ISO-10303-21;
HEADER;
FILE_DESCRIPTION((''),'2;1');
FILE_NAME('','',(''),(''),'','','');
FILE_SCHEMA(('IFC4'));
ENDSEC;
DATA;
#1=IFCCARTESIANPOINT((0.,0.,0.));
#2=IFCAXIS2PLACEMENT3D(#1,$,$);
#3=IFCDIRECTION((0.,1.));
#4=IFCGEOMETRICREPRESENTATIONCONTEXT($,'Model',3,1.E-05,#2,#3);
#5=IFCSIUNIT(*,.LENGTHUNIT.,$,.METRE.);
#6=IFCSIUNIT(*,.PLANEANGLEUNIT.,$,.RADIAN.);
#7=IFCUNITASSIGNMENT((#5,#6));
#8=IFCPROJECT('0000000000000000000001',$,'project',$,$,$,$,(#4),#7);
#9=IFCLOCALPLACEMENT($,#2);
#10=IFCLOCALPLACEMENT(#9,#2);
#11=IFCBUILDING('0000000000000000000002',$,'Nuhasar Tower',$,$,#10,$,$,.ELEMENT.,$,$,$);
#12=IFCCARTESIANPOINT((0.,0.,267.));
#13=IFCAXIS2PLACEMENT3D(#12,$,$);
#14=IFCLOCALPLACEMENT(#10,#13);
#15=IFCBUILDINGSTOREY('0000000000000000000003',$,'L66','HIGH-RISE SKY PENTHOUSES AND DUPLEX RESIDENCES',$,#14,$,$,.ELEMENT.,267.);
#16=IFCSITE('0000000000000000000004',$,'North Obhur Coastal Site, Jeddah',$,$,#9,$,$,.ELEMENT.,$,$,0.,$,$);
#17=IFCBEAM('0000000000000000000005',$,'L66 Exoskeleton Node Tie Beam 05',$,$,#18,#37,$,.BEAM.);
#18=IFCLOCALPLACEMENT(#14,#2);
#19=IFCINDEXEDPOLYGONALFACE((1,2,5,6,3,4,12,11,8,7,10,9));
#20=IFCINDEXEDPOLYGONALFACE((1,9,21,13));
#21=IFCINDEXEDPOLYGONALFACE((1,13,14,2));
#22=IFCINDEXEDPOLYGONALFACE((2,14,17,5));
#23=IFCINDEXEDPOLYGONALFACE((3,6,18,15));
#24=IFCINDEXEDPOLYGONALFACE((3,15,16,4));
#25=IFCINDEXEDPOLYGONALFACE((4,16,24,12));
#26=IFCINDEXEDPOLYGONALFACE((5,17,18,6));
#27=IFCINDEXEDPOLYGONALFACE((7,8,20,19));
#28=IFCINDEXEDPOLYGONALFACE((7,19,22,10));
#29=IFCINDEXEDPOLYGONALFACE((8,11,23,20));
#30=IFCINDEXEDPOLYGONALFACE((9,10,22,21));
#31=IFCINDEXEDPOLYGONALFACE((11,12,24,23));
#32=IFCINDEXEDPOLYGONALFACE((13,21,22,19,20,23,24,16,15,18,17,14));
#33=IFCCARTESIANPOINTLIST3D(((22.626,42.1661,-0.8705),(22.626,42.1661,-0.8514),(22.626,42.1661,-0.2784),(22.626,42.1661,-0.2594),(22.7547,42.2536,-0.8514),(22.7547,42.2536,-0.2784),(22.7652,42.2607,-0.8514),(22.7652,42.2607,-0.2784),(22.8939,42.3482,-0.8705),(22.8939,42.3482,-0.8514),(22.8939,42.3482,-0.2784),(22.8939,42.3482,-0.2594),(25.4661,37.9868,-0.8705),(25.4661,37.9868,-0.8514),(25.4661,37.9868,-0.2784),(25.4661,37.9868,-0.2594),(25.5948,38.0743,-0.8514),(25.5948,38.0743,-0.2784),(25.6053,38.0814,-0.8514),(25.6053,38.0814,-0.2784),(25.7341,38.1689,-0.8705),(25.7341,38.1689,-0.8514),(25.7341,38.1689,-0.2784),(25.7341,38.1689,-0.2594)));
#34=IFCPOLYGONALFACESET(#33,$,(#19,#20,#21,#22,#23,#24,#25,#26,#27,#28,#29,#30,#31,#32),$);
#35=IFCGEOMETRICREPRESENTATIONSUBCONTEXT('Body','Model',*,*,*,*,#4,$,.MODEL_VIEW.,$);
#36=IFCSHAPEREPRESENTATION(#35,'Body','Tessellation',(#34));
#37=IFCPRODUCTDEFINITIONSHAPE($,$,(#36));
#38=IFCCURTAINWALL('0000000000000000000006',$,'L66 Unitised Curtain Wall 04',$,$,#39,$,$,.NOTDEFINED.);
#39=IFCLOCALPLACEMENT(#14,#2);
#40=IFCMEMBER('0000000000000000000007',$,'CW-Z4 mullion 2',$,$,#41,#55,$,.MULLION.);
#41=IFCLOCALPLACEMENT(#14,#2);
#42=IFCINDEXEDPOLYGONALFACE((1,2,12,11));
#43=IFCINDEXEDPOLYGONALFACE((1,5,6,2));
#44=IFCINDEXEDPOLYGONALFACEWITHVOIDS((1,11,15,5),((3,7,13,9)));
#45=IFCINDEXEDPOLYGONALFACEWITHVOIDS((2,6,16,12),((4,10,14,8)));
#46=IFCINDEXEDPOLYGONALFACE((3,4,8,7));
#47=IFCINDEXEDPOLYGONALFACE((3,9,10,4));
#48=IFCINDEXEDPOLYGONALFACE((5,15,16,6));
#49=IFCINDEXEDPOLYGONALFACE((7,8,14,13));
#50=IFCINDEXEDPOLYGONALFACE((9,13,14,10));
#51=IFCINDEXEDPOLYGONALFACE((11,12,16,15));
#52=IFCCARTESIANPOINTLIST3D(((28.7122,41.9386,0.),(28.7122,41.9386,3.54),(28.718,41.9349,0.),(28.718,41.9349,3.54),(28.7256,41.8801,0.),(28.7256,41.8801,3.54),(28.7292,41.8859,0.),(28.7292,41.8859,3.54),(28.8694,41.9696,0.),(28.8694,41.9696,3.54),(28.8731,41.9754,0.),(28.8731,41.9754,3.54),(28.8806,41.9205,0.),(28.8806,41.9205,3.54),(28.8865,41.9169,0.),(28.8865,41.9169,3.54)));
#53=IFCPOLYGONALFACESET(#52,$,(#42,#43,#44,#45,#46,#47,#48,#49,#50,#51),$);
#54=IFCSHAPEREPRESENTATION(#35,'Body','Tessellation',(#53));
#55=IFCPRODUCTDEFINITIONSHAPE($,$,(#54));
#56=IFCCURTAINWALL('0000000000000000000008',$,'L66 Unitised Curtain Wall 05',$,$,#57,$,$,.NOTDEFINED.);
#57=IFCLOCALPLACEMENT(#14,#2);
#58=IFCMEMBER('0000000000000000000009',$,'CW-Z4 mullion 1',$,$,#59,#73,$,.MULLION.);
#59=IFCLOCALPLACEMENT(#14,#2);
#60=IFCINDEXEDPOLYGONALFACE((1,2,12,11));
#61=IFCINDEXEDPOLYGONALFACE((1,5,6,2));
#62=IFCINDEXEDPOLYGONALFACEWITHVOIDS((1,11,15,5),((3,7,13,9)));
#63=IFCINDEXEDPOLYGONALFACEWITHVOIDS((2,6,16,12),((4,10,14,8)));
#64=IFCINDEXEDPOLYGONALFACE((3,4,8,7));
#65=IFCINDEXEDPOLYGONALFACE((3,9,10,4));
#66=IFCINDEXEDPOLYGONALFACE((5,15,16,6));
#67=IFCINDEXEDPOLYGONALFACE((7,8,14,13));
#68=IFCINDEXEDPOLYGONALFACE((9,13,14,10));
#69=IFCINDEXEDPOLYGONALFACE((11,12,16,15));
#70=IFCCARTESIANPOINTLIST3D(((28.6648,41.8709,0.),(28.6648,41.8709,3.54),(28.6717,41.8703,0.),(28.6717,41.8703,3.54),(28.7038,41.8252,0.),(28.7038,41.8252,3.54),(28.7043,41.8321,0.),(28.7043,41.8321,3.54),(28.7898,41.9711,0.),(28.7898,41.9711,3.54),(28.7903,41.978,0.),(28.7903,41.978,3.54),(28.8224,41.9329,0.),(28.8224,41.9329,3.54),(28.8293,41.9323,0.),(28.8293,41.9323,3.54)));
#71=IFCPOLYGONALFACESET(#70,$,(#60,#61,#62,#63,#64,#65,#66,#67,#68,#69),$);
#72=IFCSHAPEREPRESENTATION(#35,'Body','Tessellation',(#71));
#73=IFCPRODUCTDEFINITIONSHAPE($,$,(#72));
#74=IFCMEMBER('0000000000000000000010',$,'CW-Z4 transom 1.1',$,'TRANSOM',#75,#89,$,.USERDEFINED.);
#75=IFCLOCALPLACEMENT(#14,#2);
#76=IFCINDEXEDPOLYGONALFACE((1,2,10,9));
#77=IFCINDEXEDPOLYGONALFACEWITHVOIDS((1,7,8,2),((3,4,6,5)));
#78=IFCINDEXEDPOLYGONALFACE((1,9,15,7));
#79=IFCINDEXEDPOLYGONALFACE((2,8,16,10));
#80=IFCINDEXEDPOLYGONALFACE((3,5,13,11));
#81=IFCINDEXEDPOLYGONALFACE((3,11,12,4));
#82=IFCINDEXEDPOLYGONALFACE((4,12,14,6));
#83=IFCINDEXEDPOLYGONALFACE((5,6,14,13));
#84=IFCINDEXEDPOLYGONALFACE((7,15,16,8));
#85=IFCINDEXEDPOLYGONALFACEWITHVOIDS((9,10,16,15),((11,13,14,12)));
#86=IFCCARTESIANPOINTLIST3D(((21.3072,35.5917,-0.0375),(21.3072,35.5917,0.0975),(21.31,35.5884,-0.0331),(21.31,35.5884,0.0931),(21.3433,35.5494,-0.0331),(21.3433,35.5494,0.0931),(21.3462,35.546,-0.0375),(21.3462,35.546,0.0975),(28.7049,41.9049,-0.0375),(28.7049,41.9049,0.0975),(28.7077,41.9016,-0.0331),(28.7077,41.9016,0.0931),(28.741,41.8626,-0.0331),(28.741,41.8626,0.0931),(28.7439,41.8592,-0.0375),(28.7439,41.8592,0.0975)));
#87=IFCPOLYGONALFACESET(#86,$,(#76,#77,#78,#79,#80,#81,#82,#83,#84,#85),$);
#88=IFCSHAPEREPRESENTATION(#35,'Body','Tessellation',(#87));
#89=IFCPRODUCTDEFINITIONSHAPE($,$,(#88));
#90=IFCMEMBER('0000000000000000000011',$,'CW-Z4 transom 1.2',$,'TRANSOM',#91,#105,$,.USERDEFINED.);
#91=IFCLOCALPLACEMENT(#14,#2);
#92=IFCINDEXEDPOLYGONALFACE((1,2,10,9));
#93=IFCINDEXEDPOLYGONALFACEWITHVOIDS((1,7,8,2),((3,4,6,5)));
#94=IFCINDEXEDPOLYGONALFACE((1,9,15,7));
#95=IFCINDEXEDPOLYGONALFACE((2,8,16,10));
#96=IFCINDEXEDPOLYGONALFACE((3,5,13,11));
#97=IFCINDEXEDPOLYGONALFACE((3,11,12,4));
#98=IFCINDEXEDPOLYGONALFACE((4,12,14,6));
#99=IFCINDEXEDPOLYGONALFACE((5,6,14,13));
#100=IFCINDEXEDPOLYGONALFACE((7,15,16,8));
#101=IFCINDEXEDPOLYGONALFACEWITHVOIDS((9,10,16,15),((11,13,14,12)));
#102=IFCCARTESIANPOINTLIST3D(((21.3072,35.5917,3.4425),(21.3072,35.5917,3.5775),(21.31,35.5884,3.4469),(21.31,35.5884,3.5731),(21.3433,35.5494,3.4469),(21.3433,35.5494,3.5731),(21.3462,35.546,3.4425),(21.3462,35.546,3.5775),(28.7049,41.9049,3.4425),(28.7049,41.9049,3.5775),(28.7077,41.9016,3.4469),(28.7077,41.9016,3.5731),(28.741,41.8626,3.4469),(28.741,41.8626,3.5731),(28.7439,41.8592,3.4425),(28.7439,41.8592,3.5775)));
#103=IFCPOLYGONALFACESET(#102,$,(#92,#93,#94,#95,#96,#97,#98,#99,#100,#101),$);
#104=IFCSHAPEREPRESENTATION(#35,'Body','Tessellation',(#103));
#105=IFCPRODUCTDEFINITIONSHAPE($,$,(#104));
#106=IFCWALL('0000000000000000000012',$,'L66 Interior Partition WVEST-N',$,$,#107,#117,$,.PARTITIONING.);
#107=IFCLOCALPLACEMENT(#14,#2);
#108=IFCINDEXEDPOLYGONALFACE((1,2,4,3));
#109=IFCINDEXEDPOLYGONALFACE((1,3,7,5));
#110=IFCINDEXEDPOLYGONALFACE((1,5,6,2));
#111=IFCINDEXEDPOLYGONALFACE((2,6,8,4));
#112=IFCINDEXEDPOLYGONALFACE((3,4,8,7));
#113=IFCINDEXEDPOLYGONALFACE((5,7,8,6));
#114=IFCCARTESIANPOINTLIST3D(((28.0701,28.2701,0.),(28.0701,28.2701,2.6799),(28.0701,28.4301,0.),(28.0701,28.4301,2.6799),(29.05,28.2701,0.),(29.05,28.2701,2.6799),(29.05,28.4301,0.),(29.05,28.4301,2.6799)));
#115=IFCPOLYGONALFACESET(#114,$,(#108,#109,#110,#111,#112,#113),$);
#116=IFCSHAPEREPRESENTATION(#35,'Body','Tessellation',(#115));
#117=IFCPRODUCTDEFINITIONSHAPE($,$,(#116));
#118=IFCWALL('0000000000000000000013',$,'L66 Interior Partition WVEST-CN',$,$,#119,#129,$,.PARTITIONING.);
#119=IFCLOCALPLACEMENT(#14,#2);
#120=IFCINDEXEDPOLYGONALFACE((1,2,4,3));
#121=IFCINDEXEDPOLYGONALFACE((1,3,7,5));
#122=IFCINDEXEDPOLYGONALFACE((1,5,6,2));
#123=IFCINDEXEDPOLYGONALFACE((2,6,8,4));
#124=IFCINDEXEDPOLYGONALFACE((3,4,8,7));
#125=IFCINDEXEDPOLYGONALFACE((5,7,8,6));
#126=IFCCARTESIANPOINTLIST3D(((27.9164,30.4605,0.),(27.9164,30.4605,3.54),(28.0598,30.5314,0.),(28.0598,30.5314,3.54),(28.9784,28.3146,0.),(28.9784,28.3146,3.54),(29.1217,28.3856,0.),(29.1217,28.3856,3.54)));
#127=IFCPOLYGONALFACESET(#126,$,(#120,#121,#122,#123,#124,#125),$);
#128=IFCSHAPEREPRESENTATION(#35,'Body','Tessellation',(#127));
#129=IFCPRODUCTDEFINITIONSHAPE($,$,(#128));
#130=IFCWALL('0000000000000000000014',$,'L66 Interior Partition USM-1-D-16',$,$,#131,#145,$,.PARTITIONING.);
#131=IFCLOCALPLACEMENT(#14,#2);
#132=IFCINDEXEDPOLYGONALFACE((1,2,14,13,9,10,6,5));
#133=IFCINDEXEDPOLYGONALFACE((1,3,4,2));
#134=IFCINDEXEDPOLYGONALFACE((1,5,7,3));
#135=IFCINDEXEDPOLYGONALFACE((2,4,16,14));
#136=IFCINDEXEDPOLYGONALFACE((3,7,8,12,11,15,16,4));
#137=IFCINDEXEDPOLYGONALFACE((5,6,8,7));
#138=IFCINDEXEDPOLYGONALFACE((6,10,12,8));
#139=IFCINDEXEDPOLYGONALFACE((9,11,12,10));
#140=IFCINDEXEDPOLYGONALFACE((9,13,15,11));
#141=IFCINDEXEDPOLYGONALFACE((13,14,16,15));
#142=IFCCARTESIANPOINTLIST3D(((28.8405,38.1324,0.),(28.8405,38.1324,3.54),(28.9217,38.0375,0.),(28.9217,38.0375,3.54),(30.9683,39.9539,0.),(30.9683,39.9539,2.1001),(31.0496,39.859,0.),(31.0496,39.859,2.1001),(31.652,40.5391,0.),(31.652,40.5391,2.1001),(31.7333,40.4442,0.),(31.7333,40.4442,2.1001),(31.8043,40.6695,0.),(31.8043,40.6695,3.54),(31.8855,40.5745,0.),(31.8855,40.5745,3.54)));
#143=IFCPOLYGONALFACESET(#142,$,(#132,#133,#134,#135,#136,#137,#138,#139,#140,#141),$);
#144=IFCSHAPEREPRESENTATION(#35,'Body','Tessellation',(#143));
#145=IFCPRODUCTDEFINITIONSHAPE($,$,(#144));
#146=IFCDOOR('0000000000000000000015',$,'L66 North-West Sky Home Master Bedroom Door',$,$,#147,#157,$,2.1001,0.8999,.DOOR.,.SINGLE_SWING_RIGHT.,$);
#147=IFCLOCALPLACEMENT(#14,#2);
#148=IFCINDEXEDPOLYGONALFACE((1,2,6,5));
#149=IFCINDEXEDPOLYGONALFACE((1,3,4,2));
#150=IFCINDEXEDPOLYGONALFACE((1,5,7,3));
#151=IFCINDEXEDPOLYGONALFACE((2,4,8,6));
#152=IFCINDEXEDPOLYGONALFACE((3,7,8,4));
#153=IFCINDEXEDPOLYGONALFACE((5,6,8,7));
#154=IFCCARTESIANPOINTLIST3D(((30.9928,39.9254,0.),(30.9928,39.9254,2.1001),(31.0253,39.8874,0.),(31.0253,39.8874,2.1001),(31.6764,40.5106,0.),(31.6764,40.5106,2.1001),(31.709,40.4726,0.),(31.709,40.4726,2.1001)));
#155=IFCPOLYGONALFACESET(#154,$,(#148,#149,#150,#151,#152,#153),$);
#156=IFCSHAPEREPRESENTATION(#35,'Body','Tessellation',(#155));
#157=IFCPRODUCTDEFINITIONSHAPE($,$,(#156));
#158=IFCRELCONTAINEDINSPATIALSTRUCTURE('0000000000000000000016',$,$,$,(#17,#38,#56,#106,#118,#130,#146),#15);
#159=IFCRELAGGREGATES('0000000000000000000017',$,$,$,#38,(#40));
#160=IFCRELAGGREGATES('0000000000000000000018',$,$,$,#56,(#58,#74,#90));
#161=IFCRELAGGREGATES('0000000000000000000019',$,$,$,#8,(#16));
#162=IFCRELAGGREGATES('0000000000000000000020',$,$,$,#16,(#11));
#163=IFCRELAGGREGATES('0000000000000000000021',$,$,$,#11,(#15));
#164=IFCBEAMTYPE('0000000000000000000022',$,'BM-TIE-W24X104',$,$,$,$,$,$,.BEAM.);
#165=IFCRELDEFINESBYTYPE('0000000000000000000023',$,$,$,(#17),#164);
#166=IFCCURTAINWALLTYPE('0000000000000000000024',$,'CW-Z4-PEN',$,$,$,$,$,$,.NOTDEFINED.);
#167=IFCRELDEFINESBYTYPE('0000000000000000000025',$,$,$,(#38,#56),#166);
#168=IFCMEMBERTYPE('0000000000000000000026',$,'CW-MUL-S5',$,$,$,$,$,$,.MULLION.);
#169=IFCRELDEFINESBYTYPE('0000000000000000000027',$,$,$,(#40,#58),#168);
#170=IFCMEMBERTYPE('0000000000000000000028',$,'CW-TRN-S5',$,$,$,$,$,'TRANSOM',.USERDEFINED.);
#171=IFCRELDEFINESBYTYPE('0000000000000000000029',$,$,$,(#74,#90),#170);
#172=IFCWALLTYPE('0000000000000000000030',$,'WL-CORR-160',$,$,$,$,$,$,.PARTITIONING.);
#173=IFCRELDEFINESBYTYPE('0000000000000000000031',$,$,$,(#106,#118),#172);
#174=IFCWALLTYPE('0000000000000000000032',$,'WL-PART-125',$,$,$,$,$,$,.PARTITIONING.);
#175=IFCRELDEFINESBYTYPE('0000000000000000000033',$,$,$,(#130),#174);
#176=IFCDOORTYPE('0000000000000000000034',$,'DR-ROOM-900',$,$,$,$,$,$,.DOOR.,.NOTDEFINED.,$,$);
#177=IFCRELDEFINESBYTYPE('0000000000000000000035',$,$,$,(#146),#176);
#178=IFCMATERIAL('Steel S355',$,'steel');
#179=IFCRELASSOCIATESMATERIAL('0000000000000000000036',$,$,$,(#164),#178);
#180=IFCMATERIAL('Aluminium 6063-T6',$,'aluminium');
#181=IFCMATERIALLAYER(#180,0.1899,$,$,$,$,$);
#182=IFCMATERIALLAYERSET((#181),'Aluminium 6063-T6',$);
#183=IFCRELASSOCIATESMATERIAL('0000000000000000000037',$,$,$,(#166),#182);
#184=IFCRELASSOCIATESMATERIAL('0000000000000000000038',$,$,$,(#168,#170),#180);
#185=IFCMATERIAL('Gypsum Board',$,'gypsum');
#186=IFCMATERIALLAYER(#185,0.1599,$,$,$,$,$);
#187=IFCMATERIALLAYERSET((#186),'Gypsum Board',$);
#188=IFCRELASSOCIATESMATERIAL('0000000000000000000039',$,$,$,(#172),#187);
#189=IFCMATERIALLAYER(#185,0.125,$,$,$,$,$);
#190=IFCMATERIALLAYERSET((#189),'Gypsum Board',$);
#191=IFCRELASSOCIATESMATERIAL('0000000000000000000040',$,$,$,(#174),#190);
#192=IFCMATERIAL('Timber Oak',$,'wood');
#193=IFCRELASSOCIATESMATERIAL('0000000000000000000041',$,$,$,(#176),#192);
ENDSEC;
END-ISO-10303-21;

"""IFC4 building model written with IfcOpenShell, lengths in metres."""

from ifc_helpers import new_model, si_unit, direction, frame, frame_2d, origin, origin_2d, place, context, subcontext, project, spatial, rectangle, hollow_rectangle, i_section, extrude, material, layer, layer_set, material_profile, profile_set, type_object, element, fill, aggregate, save


model = new_model("IFC4")

# Units and contexts
model_context = context("Model", 3, precision=1e-05, world=origin(), true_north=direction((0.0, 1.0)))
body_context = subcontext(model_context, "Body", "Model", "MODEL_VIEW")
ifc_project = project(units=[si_unit("LENGTHUNIT", "METRE"), si_unit("PLANEANGLEUNIT", "RADIAN")], contexts=[model_context])

# Site, building, storey
site_placement = place(None, origin())
site = spatial("IfcSite", under=ifc_project, at=site_placement, Name="North Obhur Coastal Site, Jeddah", CompositionType="ELEMENT", RefElevation=0.0)
building_placement = place(site_placement, origin())
building = spatial("IfcBuilding", under=site, at=building_placement, Name="Nuhasar Tower", CompositionType="ELEMENT")
storey_placement = place(building_placement, frame((0.0, 0.0, 267.0)))
storey = spatial("IfcBuildingStorey", under=building, at=storey_placement, Name="L66", Description="HIGH-RISE SKY PENTHOUSES AND DUPLEX RESIDENCES", CompositionType="ELEMENT", Elevation=267.0)

# Beam
ifc_material_1 = material(Name="Steel S355", Category="steel")
ifc_material_profile_1 = material_profile(ifc_material_1, i_section(OverallWidth=0.324, OverallDepth=0.6111, WebThickness=0.0127, FlangeThickness=0.019, at=origin_2d()), Name="W24X104")
ifc_profile_set_1 = profile_set([ifc_material_profile_1], Name="Steel S355")
beam_type_1 = type_object("IfcBeamType", Name="BM-TIE-W24X104", PredefinedType="BEAM", material=ifc_profile_set_1)
beam_1_placement = place(storey_placement, frame((25.6001, 38.0779, -0.5649), z_axis=(-0.562071, 0.827089, 0.0), x_axis=(-0.827089, -0.562071, 0.0)))
element("IfcBeam", 1, at=beam_1_placement, inside=storey, type_object=beam_type_1, Name="L66 Exoskeleton Node Tie Beam 05", PredefinedType="BEAM", context=body_context, shape_type="SweptSolid", body=[
    extrude(i_section(OverallWidth=0.324, OverallDepth=0.6111, WebThickness=0.0127, FlangeThickness=0.019, at=origin_2d()), origin(), (0.0, 0.0, 1.0), 5.053),
])

# Curtain wall, member
ifc_material_2 = material(Name="Aluminium 6063-T6", Category="aluminium")
ifc_layer_1 = layer(ifc_material_2, 0.1899)
ifc_layer_set_1 = layer_set([ifc_layer_1], Name="Aluminium 6063-T6")
curtain_wall_type = type_object("IfcCurtainWallType", Name="CW-Z4-PEN", PredefinedType="NOTDEFINED", material=ifc_layer_set_1)
curtain_wall_1_placement = place(storey_placement, origin())
curtain_wall_1 = element("IfcCurtainWall", 2, at=curtain_wall_1_placement, inside=storey, type_object=curtain_wall_type, Name="L66 Unitised Curtain Wall 04", PredefinedType="NOTDEFINED")
ifc_material_profile_2 = material_profile(ifc_material_2, hollow_rectangle(XDim=0.0601, YDim=0.165, WallThickness=0.0049, at=origin_2d()), Name="CWM-5")
ifc_profile_set_2 = profile_set([ifc_material_profile_2], Name="Aluminium 6063-T6")
member_type_1 = type_object("IfcMemberType", Name="CW-MUL-S5", PredefinedType="MULLION", material=ifc_profile_set_2)
member_1_placement = place(storey_placement, frame((28.7993, 41.9277, 0.0), z_axis=(0.0, 0.0, 1.0), x_axis=(0.222889, -0.974844, 0.0)))
member_1 = element("IfcMember", 3, at=member_1_placement, type_object=member_type_1, Name="CW-Z4 mullion 2", PredefinedType="MULLION", context=body_context, shape_type="SweptSolid", body=[
    extrude(hollow_rectangle(XDim=0.0601, YDim=0.165, WallThickness=0.0049, at=origin_2d()), origin(), (0.0, 0.0, 1.0), 3.54),
])
aggregate(curtain_wall_1, [member_1])

# Curtain wall, members
curtain_wall_2_placement = place(storey_placement, origin())
curtain_wall_2 = element("IfcCurtainWall", 4, at=curtain_wall_2_placement, inside=storey, type_object=curtain_wall_type, Name="L66 Unitised Curtain Wall 05", PredefinedType="NOTDEFINED")
member_2_placement = place(storey_placement, frame((28.7471, 41.9016, 0.0), z_axis=(0.0, 0.0, 1.0), x_axis=(0.649142, -0.760667, 0.0)))
member_2 = element("IfcMember", 5, at=member_2_placement, type_object=member_type_1, Name="CW-Z4 mullion 1", PredefinedType="MULLION", context=body_context, shape_type="SweptSolid", body=[
    extrude(hollow_rectangle(XDim=0.0601, YDim=0.165, WallThickness=0.0049, at=origin_2d()), origin(), (0.0, 0.0, 1.0), 3.54),
])
ifc_material_profile_3 = material_profile(ifc_material_2, hollow_rectangle(XDim=0.0601, YDim=0.135, WallThickness=0.0044, at=origin_2d()), Name="CWT-5")
ifc_profile_set_3 = profile_set([ifc_material_profile_3], Name="Aluminium 6063-T6")
member_type_2 = type_object("IfcMemberType", Name="CW-TRN-S5", ElementType="TRANSOM", PredefinedType="USERDEFINED", material=ifc_profile_set_3)
member_3_placement = place(storey_placement, frame((28.7244, 41.8821, 0.03), z_axis=(-0.76066, -0.64915, 0.0), x_axis=(0.64915, -0.76066, 0.0)))
member_3 = element("IfcMember", 6, at=member_3_placement, type_object=member_type_2, Name="CW-Z4 transom 1.1", ObjectType="TRANSOM", PredefinedType="USERDEFINED", context=body_context, shape_type="SweptSolid", body=[
    extrude(hollow_rectangle(XDim=0.0601, YDim=0.135, WallThickness=0.0044, at=origin_2d()), origin(), (0.0, 0.0, 1.0), 9.7253),
])
member_4_placement = place(storey_placement, frame((28.7244, 41.8821, 3.51), z_axis=(-0.76066, -0.64915, 0.0), x_axis=(0.64915, -0.76066, 0.0)))
member_4 = element("IfcMember", 7, at=member_4_placement, type_object=member_type_2, Name="CW-Z4 transom 1.2", ObjectType="TRANSOM", PredefinedType="USERDEFINED", context=body_context, shape_type="SweptSolid", body=[
    extrude(hollow_rectangle(XDim=0.0601, YDim=0.135, WallThickness=0.0044, at=origin_2d()), origin(), (0.0, 0.0, 1.0), 9.7253),
])
aggregate(curtain_wall_2, [member_2, member_3, member_4])

# Shared definitions
ifc_material_3 = material(Name="Gypsum Board", Category="gypsum")
ifc_layer_2 = layer(ifc_material_3, 0.1599)
ifc_layer_set_2 = layer_set([ifc_layer_2], Name="Gypsum Board")
wall_type_1 = type_object("IfcWallType", Name="WL-CORR-160", PredefinedType="PARTITIONING", material=ifc_layer_set_2)
ifc_material_4 = material(Name="Timber Oak", Category="wood")

# Walls
wall_1_placement = place(storey_placement, frame((28.0701, 28.3501, 0.0), z_axis=(0.0, 0.0, 1.0), x_axis=(1.0, 0.0, 0.0)))
element("IfcWall", 8, at=wall_1_placement, inside=storey, type_object=wall_type_1, Name="L66 Interior Partition WVEST-N", PredefinedType="PARTITIONING", context=body_context, shape_type="SweptSolid", body=[
    extrude(rectangle(XDim=0.98, YDim=0.1599, at=frame_2d((0.49, 0.0))), origin(), (0.0, 0.0, 1.0), 2.6799),
])
wall_2_placement = place(storey_placement, frame((27.988, 30.4961, 0.0), z_axis=(0.0, 0.0, 1.0), x_axis=(0.443539, -0.896255, 0.0)))
element("IfcWall", 9, at=wall_2_placement, inside=storey, type_object=wall_type_1, Name="L66 Interior Partition WVEST-CN", PredefinedType="PARTITIONING", context=body_context, shape_type="SweptSolid", body=[
    extrude(rectangle(XDim=2.3943, YDim=0.1599, at=frame_2d((1.1973, 0.0))), origin(), (0.0, 0.0, 1.0), 3.54),
])

# Wall, opening, door
ifc_layer_3 = layer(ifc_material_3, 0.125)
ifc_layer_set_3 = layer_set([ifc_layer_3], Name="Gypsum Board")
wall_type_2 = type_object("IfcWallType", Name="WL-PART-125", PredefinedType="PARTITIONING", material=ifc_layer_set_3)
wall_3_placement = place(storey_placement, frame((28.8811, 38.085, 0.0), z_axis=(0.0, 0.0, 1.0), x_axis=(0.75968, 0.650297, 0.0)))
wall_3 = element("IfcWall", 10, at=wall_3_placement, inside=storey, type_object=wall_type_2, Name="L66 Interior Partition USM-1-D-16", PredefinedType="PARTITIONING", context=body_context, shape_type="SweptSolid", body=[
    extrude(rectangle(XDim=3.9014, YDim=0.125, at=frame_2d((1.9507, 0.0))), origin(), (0.0, 0.0, 1.0), 3.54),
])
opening_1_placement = place(wall_3_placement, frame((2.801, 0.0, 0.0)))
opening_1 = element("IfcOpeningElement", 11, at=opening_1_placement, cuts=wall_3, PredefinedType="OPENING", context=body_context, shape_type="SweptSolid", body=[
    extrude(rectangle(XDim=0.8999, YDim=2.1001, at=frame_2d((0.45, 1.05))), frame((0.0, 0.0725, 0.0), z_axis=(0.0, -1.0, 0.0), x_axis=(1.0, 0.0, 0.0)), (0.0, 0.0, 1.0), 0.145),
])
door_type_1 = type_object("IfcDoorType", Name="DR-ROOM-900", OperationType="NOTDEFINED", PredefinedType="DOOR", material=ifc_material_4)
door_1_placement = place(opening_1_placement, origin())
door_1 = element("IfcDoor", 12, at=door_1_placement, inside=storey, type_object=door_type_1, Name="L66 North-West Sky Home Master Bedroom Door", OperationType="SINGLE_SWING_RIGHT", OverallHeight=2.1001, OverallWidth=0.8999, PredefinedType="DOOR", context=body_context, shape_type="SweptSolid", body=[
    extrude(rectangle(XDim=0.8999, YDim=2.1001, at=frame_2d((0.45, 1.05))), frame((0.0, 0.0249, 0.0), z_axis=(0.0, -1.0, 0.0), x_axis=(1.0, 0.0, 0.0)), (0.0, 0.0, 1.0), 0.05),
])
fill(opening_1, door_1)

save(model, "model.ifc")
